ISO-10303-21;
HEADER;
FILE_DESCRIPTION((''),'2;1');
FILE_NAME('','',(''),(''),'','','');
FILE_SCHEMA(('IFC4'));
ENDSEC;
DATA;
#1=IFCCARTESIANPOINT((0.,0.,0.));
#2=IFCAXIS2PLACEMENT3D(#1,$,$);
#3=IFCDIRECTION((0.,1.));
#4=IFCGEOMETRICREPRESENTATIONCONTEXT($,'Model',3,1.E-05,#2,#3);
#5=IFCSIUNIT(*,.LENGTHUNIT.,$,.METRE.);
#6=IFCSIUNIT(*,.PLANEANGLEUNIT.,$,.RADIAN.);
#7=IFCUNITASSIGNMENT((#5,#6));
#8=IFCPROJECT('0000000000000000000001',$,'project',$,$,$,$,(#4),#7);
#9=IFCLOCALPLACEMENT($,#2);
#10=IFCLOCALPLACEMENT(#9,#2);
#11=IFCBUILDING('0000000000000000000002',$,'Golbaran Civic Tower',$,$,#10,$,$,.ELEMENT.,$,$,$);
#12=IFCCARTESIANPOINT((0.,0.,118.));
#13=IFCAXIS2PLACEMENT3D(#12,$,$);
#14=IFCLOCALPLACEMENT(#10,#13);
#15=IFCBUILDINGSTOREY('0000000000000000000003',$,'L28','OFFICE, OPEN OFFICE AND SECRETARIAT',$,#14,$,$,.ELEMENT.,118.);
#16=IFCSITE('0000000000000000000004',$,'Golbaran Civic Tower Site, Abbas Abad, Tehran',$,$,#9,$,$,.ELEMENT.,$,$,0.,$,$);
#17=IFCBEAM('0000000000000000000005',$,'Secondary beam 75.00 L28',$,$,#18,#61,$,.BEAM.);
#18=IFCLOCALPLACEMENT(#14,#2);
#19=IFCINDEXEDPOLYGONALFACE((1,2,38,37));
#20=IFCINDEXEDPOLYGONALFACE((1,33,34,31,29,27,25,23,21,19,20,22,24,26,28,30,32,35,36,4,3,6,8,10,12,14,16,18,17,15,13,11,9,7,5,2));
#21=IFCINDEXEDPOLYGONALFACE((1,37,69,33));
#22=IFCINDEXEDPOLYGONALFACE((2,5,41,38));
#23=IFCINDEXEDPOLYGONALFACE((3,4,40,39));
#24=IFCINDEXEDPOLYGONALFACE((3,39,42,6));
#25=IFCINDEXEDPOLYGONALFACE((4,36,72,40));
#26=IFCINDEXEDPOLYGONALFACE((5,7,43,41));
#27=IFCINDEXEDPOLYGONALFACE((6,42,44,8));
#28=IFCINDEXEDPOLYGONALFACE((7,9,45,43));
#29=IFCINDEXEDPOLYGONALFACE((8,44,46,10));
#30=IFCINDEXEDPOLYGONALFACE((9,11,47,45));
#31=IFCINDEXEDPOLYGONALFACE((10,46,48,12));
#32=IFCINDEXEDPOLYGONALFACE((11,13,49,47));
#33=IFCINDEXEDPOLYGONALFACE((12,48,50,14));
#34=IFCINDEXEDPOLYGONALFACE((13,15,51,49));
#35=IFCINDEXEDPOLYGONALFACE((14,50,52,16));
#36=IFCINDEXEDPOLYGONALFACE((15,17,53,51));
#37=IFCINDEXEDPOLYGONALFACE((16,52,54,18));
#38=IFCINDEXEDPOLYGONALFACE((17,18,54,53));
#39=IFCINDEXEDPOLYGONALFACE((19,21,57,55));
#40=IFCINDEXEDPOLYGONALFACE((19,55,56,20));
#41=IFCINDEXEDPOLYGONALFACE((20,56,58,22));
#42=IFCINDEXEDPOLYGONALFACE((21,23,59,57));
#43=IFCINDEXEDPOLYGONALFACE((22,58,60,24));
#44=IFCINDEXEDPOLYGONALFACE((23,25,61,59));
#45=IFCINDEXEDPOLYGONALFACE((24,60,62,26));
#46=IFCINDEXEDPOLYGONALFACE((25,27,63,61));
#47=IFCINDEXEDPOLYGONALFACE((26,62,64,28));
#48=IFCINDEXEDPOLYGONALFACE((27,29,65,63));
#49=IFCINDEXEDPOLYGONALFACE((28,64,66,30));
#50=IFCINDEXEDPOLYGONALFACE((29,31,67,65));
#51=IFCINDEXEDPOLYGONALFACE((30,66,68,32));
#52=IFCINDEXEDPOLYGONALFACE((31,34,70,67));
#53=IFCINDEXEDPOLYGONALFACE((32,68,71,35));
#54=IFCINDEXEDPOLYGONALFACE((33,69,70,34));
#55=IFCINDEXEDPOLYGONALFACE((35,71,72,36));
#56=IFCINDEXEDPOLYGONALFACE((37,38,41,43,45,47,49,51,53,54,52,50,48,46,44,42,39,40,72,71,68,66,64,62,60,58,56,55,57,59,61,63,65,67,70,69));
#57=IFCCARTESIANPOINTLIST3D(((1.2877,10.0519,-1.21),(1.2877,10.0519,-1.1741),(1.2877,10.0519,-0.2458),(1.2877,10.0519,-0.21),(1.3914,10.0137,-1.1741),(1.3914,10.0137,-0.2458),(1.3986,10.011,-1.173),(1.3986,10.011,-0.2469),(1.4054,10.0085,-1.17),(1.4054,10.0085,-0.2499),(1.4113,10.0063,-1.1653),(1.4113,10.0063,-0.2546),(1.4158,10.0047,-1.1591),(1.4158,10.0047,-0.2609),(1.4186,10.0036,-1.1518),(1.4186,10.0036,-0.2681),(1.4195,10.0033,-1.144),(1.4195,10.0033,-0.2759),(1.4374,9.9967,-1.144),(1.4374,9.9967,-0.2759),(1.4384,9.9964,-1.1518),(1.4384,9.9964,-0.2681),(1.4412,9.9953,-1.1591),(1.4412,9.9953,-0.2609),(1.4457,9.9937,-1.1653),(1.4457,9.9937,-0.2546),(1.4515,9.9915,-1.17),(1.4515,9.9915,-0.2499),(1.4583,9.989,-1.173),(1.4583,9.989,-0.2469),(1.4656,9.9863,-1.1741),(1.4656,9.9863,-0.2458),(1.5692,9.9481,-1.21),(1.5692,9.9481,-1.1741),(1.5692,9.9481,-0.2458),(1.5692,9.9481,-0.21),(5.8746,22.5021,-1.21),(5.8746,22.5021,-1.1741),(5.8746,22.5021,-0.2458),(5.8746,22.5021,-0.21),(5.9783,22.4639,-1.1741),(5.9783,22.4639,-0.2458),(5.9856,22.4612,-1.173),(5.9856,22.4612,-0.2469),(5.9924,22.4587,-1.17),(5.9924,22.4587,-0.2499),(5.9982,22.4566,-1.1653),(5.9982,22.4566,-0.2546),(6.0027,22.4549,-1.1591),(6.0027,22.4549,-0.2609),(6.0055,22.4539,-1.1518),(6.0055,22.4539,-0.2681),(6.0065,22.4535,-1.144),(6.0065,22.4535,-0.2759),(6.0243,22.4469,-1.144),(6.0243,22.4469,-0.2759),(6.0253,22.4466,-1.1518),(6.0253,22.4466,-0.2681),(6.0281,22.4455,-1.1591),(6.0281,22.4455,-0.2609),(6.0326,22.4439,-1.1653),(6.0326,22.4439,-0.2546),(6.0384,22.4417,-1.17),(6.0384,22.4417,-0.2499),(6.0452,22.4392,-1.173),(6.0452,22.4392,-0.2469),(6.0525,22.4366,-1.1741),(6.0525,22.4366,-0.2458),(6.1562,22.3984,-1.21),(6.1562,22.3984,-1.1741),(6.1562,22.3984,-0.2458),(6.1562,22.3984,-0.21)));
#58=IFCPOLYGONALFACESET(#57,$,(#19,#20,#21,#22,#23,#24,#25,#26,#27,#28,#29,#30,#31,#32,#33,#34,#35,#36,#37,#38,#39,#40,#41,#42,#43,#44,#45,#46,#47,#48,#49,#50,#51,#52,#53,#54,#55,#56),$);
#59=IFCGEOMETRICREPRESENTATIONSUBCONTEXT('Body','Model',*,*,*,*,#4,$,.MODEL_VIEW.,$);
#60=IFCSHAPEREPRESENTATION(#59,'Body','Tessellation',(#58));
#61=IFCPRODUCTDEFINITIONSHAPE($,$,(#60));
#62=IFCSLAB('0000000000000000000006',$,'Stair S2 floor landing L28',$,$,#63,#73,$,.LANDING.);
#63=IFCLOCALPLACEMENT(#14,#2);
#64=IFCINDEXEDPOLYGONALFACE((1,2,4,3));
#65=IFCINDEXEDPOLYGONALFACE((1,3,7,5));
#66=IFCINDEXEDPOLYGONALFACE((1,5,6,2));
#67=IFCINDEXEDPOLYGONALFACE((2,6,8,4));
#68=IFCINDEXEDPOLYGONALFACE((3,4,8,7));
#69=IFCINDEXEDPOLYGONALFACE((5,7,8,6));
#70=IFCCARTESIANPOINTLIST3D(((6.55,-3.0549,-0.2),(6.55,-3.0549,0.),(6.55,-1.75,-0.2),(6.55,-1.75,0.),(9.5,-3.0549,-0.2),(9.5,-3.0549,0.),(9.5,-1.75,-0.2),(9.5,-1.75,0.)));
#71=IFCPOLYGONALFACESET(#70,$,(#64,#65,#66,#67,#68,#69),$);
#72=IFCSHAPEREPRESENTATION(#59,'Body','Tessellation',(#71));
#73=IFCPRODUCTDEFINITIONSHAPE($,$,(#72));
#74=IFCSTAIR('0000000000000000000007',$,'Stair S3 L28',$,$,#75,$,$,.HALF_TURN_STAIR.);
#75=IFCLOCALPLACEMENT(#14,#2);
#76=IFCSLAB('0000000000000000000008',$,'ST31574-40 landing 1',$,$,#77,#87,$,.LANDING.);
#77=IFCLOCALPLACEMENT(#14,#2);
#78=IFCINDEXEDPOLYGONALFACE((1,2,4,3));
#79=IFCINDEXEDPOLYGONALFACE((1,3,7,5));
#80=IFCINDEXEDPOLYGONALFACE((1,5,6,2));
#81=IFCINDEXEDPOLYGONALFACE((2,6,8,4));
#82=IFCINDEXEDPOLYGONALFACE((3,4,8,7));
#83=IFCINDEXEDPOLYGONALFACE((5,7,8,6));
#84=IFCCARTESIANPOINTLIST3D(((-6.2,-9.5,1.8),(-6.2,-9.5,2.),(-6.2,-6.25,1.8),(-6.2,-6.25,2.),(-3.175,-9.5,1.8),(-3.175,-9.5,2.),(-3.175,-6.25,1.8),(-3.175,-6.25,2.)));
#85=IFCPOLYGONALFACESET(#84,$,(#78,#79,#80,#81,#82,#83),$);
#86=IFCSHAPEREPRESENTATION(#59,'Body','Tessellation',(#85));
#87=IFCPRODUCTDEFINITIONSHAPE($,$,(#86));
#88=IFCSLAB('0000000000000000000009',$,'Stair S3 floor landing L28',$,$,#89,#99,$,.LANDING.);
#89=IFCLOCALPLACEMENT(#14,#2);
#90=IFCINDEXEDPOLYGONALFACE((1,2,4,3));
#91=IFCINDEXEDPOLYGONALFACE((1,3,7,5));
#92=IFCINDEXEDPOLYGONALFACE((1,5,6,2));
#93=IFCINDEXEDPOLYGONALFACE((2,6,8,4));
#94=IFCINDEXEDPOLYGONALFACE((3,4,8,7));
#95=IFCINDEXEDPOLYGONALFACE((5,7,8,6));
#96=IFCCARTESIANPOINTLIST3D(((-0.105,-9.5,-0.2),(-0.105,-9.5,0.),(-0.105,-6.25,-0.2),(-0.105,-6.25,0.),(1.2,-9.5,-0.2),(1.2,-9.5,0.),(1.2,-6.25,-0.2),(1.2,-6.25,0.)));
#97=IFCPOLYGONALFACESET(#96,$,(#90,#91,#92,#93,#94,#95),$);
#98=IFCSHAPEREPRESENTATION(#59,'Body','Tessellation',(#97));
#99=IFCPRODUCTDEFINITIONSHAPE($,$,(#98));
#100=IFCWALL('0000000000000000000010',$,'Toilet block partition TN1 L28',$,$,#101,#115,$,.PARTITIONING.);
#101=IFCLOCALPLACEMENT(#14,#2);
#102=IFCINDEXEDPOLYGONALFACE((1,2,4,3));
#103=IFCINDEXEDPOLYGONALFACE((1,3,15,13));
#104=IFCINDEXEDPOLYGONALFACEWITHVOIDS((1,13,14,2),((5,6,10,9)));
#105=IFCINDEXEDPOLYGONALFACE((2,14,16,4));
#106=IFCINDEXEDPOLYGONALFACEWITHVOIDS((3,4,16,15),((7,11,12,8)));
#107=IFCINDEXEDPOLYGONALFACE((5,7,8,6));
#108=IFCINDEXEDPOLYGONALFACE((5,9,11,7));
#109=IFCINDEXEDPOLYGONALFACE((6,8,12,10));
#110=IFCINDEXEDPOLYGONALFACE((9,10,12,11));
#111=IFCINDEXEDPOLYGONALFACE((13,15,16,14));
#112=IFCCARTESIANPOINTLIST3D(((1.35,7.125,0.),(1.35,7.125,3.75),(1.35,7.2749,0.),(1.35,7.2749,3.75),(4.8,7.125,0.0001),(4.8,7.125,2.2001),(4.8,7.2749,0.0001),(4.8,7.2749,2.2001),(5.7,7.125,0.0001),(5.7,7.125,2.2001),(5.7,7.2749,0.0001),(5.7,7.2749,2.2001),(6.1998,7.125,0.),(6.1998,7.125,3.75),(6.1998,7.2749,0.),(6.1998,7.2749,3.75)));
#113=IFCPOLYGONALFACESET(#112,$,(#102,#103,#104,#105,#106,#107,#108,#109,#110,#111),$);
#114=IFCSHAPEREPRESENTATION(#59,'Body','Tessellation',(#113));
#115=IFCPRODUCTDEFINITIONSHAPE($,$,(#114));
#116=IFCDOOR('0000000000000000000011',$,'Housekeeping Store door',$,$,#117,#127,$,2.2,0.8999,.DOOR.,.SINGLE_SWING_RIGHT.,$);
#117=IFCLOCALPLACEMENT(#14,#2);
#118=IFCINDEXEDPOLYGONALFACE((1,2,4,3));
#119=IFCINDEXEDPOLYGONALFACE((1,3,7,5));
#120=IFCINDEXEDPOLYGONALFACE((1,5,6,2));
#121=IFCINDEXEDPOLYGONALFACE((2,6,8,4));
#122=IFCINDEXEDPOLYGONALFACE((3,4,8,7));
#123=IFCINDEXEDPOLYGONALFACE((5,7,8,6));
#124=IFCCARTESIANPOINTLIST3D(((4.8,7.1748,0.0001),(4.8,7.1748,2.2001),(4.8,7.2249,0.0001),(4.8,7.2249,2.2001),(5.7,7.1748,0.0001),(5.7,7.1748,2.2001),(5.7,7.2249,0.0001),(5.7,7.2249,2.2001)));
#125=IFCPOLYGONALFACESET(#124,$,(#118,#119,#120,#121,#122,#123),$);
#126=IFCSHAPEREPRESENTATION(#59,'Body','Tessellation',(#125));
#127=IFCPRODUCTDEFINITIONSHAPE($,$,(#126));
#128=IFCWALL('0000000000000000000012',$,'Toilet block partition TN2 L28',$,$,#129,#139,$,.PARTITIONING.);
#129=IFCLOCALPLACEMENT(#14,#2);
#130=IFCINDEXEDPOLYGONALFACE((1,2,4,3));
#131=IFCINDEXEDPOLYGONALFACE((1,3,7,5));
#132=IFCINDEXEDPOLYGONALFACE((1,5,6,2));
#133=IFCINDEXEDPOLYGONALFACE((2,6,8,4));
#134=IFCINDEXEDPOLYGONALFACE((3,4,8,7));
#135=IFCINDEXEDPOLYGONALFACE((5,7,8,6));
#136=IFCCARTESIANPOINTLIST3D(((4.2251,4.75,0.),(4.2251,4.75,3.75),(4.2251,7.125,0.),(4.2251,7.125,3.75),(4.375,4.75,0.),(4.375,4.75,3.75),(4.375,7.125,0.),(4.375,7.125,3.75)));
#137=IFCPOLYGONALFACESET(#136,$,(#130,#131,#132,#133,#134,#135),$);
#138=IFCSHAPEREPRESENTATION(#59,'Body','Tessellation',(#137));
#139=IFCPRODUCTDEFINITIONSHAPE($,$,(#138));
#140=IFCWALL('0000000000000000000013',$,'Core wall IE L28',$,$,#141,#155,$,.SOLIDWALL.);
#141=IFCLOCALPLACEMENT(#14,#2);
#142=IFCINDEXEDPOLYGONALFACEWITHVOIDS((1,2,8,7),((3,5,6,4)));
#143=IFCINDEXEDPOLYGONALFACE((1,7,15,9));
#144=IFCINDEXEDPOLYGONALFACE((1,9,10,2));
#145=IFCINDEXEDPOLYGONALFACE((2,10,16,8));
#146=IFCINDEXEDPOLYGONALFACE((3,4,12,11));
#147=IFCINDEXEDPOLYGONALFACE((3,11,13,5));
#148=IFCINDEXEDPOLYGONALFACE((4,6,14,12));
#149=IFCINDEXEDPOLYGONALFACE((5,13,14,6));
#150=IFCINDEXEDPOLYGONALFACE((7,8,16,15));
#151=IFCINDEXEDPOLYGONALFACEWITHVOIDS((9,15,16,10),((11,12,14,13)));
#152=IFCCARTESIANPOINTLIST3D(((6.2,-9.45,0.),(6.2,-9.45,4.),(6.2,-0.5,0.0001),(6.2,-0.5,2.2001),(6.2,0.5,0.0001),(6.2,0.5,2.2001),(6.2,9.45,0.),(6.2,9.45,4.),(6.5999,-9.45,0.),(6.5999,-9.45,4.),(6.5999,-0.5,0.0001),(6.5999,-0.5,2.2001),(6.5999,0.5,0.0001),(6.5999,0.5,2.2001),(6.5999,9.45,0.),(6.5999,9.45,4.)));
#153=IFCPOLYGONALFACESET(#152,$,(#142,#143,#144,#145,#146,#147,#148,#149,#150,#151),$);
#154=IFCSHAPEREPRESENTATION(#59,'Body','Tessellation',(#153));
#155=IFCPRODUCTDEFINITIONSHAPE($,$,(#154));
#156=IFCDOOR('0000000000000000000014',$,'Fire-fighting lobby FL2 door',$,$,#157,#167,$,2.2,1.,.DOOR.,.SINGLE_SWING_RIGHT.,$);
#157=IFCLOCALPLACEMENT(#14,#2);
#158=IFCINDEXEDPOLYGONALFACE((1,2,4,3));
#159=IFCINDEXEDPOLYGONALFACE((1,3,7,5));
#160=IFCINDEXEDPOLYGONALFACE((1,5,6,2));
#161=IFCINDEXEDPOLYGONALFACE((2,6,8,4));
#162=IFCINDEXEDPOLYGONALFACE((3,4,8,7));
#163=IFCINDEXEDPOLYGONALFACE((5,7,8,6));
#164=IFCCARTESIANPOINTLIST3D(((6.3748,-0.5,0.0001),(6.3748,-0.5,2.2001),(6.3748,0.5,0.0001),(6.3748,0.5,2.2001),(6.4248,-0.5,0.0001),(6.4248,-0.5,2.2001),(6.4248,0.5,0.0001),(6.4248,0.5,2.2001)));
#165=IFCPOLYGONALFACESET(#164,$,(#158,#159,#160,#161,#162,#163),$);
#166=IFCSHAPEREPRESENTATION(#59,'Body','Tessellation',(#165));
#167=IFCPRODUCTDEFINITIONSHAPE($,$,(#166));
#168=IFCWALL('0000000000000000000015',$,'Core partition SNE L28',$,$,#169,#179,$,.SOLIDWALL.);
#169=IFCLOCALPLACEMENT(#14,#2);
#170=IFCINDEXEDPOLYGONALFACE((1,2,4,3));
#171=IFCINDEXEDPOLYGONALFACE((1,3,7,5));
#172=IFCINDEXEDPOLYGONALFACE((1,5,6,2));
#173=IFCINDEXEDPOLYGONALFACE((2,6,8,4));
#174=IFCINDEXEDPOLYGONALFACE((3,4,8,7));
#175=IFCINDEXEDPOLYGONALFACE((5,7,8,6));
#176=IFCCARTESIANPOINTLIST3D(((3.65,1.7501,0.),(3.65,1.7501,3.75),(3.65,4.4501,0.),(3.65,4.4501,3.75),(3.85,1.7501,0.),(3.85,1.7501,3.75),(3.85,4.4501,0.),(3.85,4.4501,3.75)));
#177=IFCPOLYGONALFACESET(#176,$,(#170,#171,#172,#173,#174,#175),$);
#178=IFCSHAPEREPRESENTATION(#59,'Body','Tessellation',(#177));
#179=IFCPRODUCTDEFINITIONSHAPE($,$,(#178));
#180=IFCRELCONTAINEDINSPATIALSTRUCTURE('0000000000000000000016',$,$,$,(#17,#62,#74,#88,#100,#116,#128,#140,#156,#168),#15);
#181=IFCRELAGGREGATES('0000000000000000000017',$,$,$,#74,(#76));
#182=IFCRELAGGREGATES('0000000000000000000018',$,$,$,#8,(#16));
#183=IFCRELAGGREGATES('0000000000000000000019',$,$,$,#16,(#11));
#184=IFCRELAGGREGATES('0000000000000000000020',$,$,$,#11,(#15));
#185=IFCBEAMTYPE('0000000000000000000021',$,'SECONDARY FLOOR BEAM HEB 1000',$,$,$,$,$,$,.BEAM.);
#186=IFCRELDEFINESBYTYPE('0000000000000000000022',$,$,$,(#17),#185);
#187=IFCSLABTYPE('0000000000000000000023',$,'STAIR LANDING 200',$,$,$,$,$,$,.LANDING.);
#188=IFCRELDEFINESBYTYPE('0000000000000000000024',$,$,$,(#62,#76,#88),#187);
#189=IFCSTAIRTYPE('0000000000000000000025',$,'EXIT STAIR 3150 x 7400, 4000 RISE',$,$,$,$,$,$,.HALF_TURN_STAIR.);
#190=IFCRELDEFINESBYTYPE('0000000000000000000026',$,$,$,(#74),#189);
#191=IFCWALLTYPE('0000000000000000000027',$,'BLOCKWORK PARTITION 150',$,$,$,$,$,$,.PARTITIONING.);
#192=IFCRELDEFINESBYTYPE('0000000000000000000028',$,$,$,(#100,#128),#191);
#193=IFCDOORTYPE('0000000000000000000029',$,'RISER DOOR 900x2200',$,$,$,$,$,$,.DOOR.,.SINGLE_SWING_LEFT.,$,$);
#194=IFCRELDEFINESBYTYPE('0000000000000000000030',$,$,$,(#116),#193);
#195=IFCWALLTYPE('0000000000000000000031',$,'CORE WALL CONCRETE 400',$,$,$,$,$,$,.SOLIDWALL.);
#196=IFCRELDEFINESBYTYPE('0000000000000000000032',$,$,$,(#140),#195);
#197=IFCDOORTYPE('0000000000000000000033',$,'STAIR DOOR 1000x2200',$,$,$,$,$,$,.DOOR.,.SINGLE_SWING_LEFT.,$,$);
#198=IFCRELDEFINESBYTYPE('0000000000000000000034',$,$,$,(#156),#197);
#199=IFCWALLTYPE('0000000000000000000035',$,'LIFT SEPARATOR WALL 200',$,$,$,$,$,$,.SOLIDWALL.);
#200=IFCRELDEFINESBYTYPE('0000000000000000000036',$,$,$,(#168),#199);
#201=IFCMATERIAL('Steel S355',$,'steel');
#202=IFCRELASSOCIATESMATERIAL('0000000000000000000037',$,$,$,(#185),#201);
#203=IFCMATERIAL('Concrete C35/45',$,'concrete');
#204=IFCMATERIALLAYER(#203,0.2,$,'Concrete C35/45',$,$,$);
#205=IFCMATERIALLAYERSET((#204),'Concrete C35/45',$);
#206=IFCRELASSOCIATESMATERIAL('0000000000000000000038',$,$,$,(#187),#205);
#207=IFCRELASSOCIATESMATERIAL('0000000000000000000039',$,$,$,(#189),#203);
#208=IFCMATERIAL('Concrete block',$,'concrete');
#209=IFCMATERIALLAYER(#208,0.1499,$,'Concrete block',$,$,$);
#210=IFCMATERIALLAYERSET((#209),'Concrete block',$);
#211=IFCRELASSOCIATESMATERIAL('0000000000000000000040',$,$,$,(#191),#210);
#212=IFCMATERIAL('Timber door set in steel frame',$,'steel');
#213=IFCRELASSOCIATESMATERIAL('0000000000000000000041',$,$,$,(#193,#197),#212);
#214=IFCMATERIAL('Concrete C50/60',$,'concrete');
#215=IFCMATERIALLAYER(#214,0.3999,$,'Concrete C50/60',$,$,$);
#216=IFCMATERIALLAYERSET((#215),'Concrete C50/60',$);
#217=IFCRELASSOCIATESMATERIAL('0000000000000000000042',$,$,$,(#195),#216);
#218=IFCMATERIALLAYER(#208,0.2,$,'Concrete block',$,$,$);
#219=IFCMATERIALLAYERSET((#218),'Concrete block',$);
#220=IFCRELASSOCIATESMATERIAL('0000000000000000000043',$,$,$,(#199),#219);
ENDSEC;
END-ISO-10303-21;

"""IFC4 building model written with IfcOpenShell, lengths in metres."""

from ifc_helpers import new_model, si_unit, direction, frame, frame_2d, origin, origin_2d, place, context, subcontext, project, spatial, polyline, rectangle, i_section, outline, extrude, material, layer, layer_set, material_profile, profile_set, type_object, element, fill, aggregate, save


model = new_model("IFC4")

# Units and contexts
model_context = context("Model", 3, precision=1e-05, world=origin(), true_north=direction((0.0, 1.0)))
body_context = subcontext(model_context, "Body", "Model", "MODEL_VIEW")
ifc_project = project(units=[si_unit("LENGTHUNIT", "METRE"), si_unit("PLANEANGLEUNIT", "RADIAN")], contexts=[model_context])

# Site, building, storey
site_placement = place(None, origin())
site = spatial("IfcSite", under=ifc_project, at=site_placement, Name="Golbaran Civic Tower Site, Abbas Abad, Tehran", CompositionType="ELEMENT", RefElevation=0.0)
building_placement = place(site_placement, origin())
building = spatial("IfcBuilding", under=site, at=building_placement, Name="Golbaran Civic Tower", CompositionType="ELEMENT")
storey_placement = place(building_placement, frame((0.0, 0.0, 118.0)))
storey = spatial("IfcBuildingStorey", under=building, at=storey_placement, Name="L28", Description="OFFICE, OPEN OFFICE AND SECRETARIAT", CompositionType="ELEMENT", Elevation=118.0)

# Beam
ifc_material_1 = material(Name="Steel S355", Category="steel")
ifc_material_profile_1 = material_profile(ifc_material_1, i_section(OverallWidth=0.3, OverallDepth=1.0, WebThickness=0.019, FlangeThickness=0.0359, FilletRadius=0.03, at=origin_2d()), Name="HEB 1000")
ifc_profile_set_1 = profile_set([ifc_material_profile_1], Name="Steel S355")
beam_type_1 = type_object("IfcBeamType", Name="SECONDARY FLOOR BEAM HEB 1000", PredefinedType="BEAM", material=ifc_profile_set_1)
beam_1_placement = place(storey_placement, frame((1.4285, 10.0, -0.71), z_axis=(0.345705, 0.938343, 0.0), x_axis=(-0.938343, 0.345705, 0.0)))
element("IfcBeam", 1, at=beam_1_placement, inside=storey, type_object=beam_type_1, Name="Secondary beam 75.00 L28", PredefinedType="BEAM", context=body_context, shape_type="SweptSolid", body=[
    extrude(i_section(OverallWidth=0.3, OverallDepth=1.0, WebThickness=0.019, FlangeThickness=0.0359, FilletRadius=0.03, at=origin_2d()), origin(), (0.0, 0.0, 1.0), 13.2683),
])

# Slab
ifc_material_2 = material(Name="Concrete C35/45", Category="concrete")
ifc_layer_1 = layer(ifc_material_2, 0.2, Name="Concrete C35/45")
ifc_layer_set_1 = layer_set([ifc_layer_1], Name="Concrete C35/45")
slab_type = type_object("IfcSlabType", Name="STAIR LANDING 200", PredefinedType="LANDING", material=ifc_layer_set_1)
slab_1_placement = place(storey_placement, frame((0.0, 0.0, -0.2)))
element("IfcSlab", 2, at=slab_1_placement, inside=storey, type_object=slab_type, Name="Stair S2 floor landing L28", PredefinedType="LANDING", context=body_context, shape_type="SweptSolid", body=[
    extrude(outline(polyline([(9.5, -1.75), (9.5, -3.0549), (6.55, -3.0549), (6.55, -1.75), (9.5, -1.75)])), origin(), (0.0, 0.0, 1.0), 0.2),
])

# Stair, slab
stair_type = type_object("IfcStairType", Name="EXIT STAIR 3150 x 7400, 4000 RISE", PredefinedType="HALF_TURN_STAIR", material=ifc_material_2)
stair_placement = place(storey_placement, origin())
stair = element("IfcStair", 3, at=stair_placement, inside=storey, type_object=stair_type, Name="Stair S3 L28", PredefinedType="HALF_TURN_STAIR")
slab_2_placement = place(storey_placement, frame((0.0, 0.0, 1.8)))
slab_2 = element("IfcSlab", 4, at=slab_2_placement, type_object=slab_type, Name="ST31574-40 landing 1", PredefinedType="LANDING", context=body_context, shape_type="SweptSolid", body=[
    extrude(outline(polyline([(-3.175, -9.5), (-6.2, -9.5), (-6.2, -6.25), (-3.175, -6.25), (-3.175, -9.5)])), origin(), (0.0, 0.0, 1.0), 0.2),
])
aggregate(stair, [slab_2])

# Slab
slab_3_placement = place(storey_placement, frame((0.0, 0.0, -0.2)))
element("IfcSlab", 5, at=slab_3_placement, inside=storey, type_object=slab_type, Name="Stair S3 floor landing L28", PredefinedType="LANDING", context=body_context, shape_type="SweptSolid", body=[
    extrude(outline(polyline([(1.2, -9.5), (-0.105, -9.5), (-0.105, -6.25), (1.2, -6.25), (1.2, -9.5)])), origin(), (0.0, 0.0, 1.0), 0.2),
])

# Wall, opening, door
ifc_material_3 = material(Name="Concrete block", Category="concrete")
ifc_layer_2 = layer(ifc_material_3, 0.1499, Name="Concrete block")
ifc_layer_set_2 = layer_set([ifc_layer_2], Name="Concrete block")
wall_type_1 = type_object("IfcWallType", Name="BLOCKWORK PARTITION 150", PredefinedType="PARTITIONING", material=ifc_layer_set_2)
wall_1_placement = place(storey_placement, frame((1.3501, 7.2, 0.0), z_axis=(0.0, 0.0, 1.0), x_axis=(1.0, 0.0, 0.0)))
wall_1 = element("IfcWall", 6, at=wall_1_placement, inside=storey, type_object=wall_type_1, Name="Toilet block partition TN1 L28", PredefinedType="PARTITIONING", context=body_context, shape_type="SweptSolid", body=[
    extrude(rectangle(XDim=4.8499, YDim=0.1499, at=frame_2d((2.4248, 0.0))), origin(), (0.0, 0.0, 1.0), 3.75),
])
opening_1_placement = place(wall_1_placement, frame((3.45, 0.0, 0.0)))
opening_1 = element("IfcOpeningElement", 7, at=opening_1_placement, cuts=wall_1, PredefinedType="OPENING", context=body_context, shape_type="SweptSolid", body=[
    extrude(rectangle(XDim=0.8999, YDim=2.2, at=frame_2d((0.45, 1.1001))), frame((0.0, 0.085, 0.0), z_axis=(0.0, -1.0, 0.0), x_axis=(1.0, 0.0, 0.0)), (0.0, 0.0, 1.0), 0.1699),
])
ifc_material_4 = material(Name="Timber door set in steel frame", Category="steel")
door_type_1 = type_object("IfcDoorType", Name="RISER DOOR 900x2200", OperationType="SINGLE_SWING_LEFT", PredefinedType="DOOR", material=ifc_material_4)
door_1_placement = place(opening_1_placement, origin())
door_1 = element("IfcDoor", 8, at=door_1_placement, inside=storey, type_object=door_type_1, Name="Housekeeping Store door", OperationType="SINGLE_SWING_RIGHT", OverallHeight=2.2, OverallWidth=0.8999, PredefinedType="DOOR", context=body_context, shape_type="SweptSolid", body=[
    extrude(rectangle(XDim=0.8999, YDim=2.2, at=frame_2d((0.45, 1.1001))), frame((0.0, 0.0249, 0.0), z_axis=(0.0, -1.0, 0.0), x_axis=(1.0, 0.0, 0.0)), (0.0, 0.0, 1.0), 0.05),
])
fill(opening_1, door_1)

# Wall
wall_2_placement = place(storey_placement, frame((4.3, 4.75, 0.0), z_axis=(0.0, 0.0, 1.0), x_axis=(0.0, 1.0, 0.0)))
element("IfcWall", 9, at=wall_2_placement, inside=storey, type_object=wall_type_1, Name="Toilet block partition TN2 L28", PredefinedType="PARTITIONING", context=body_context, shape_type="SweptSolid", body=[
    extrude(rectangle(XDim=2.375, YDim=0.1499, at=frame_2d((1.1875, 0.0))), origin(), (0.0, 0.0, 1.0), 3.75),
])

# Wall, opening, door
ifc_material_5 = material(Name="Concrete C50/60", Category="concrete")
ifc_layer_3 = layer(ifc_material_5, 0.3999, Name="Concrete C50/60")
ifc_layer_set_3 = layer_set([ifc_layer_3], Name="Concrete C50/60")
wall_type_2 = type_object("IfcWallType", Name="CORE WALL CONCRETE 400", PredefinedType="SOLIDWALL", material=ifc_layer_set_3)
wall_3_placement = place(storey_placement, frame((6.3999, 9.45, 0.0), z_axis=(0.0, 0.0, 1.0), x_axis=(0.0, -1.0, 0.0)))
wall_3 = element("IfcWall", 10, at=wall_3_placement, inside=storey, type_object=wall_type_2, Name="Core wall IE L28", PredefinedType="SOLIDWALL", context=body_context, shape_type="SweptSolid", body=[
    extrude(rectangle(XDim=18.8999, YDim=0.3999, at=frame_2d((9.45, 0.0))), origin(), (0.0, 0.0, 1.0), 4.0),
])
opening_2_placement = place(wall_3_placement, frame((8.95, 0.0, 0.0)))
opening_2 = element("IfcOpeningElement", 11, at=opening_2_placement, cuts=wall_3, PredefinedType="OPENING", context=body_context, shape_type="SweptSolid", body=[
    extrude(rectangle(XDim=1.0, YDim=2.2, at=frame_2d((0.5, 1.1001))), frame((0.0, 0.21, 0.0), z_axis=(0.0, -1.0, 0.0), x_axis=(1.0, 0.0, 0.0)), (0.0, 0.0, 1.0), 0.4199),
])
door_type_2 = type_object("IfcDoorType", Name="STAIR DOOR 1000x2200", OperationType="SINGLE_SWING_LEFT", PredefinedType="DOOR", material=ifc_material_4)
door_2_placement = place(opening_2_placement, origin())
door_2 = element("IfcDoor", 12, at=door_2_placement, inside=storey, type_object=door_type_2, Name="Fire-fighting lobby FL2 door", OperationType="SINGLE_SWING_RIGHT", OverallHeight=2.2, OverallWidth=1.0, PredefinedType="DOOR", context=body_context, shape_type="SweptSolid", body=[
    extrude(rectangle(XDim=1.0, YDim=2.2, at=frame_2d((0.5, 1.1001))), frame((0.0, 0.0249, 0.0), z_axis=(0.0, -1.0, 0.0), x_axis=(1.0, 0.0, 0.0)), (0.0, 0.0, 1.0), 0.05),
])
fill(opening_2, door_2)

# Wall
ifc_layer_4 = layer(ifc_material_3, 0.2, Name="Concrete block")
ifc_layer_set_4 = layer_set([ifc_layer_4], Name="Concrete block")
wall_type_3 = type_object("IfcWallType", Name="LIFT SEPARATOR WALL 200", PredefinedType="SOLIDWALL", material=ifc_layer_set_4)
wall_4_placement = place(storey_placement, frame((3.75, 1.75, 0.0), z_axis=(0.0, 0.0, 1.0), x_axis=(0.0, 1.0, 0.0)))
element("IfcWall", 13, at=wall_4_placement, inside=storey, type_object=wall_type_3, Name="Core partition SNE L28", PredefinedType="SOLIDWALL", context=body_context, shape_type="SweptSolid", body=[
    extrude(rectangle(XDim=2.7, YDim=0.2, at=frame_2d((1.3501, 0.0))), origin(), (0.0, 0.0, 1.0), 3.75),
])

save(model, "model.ifc")
